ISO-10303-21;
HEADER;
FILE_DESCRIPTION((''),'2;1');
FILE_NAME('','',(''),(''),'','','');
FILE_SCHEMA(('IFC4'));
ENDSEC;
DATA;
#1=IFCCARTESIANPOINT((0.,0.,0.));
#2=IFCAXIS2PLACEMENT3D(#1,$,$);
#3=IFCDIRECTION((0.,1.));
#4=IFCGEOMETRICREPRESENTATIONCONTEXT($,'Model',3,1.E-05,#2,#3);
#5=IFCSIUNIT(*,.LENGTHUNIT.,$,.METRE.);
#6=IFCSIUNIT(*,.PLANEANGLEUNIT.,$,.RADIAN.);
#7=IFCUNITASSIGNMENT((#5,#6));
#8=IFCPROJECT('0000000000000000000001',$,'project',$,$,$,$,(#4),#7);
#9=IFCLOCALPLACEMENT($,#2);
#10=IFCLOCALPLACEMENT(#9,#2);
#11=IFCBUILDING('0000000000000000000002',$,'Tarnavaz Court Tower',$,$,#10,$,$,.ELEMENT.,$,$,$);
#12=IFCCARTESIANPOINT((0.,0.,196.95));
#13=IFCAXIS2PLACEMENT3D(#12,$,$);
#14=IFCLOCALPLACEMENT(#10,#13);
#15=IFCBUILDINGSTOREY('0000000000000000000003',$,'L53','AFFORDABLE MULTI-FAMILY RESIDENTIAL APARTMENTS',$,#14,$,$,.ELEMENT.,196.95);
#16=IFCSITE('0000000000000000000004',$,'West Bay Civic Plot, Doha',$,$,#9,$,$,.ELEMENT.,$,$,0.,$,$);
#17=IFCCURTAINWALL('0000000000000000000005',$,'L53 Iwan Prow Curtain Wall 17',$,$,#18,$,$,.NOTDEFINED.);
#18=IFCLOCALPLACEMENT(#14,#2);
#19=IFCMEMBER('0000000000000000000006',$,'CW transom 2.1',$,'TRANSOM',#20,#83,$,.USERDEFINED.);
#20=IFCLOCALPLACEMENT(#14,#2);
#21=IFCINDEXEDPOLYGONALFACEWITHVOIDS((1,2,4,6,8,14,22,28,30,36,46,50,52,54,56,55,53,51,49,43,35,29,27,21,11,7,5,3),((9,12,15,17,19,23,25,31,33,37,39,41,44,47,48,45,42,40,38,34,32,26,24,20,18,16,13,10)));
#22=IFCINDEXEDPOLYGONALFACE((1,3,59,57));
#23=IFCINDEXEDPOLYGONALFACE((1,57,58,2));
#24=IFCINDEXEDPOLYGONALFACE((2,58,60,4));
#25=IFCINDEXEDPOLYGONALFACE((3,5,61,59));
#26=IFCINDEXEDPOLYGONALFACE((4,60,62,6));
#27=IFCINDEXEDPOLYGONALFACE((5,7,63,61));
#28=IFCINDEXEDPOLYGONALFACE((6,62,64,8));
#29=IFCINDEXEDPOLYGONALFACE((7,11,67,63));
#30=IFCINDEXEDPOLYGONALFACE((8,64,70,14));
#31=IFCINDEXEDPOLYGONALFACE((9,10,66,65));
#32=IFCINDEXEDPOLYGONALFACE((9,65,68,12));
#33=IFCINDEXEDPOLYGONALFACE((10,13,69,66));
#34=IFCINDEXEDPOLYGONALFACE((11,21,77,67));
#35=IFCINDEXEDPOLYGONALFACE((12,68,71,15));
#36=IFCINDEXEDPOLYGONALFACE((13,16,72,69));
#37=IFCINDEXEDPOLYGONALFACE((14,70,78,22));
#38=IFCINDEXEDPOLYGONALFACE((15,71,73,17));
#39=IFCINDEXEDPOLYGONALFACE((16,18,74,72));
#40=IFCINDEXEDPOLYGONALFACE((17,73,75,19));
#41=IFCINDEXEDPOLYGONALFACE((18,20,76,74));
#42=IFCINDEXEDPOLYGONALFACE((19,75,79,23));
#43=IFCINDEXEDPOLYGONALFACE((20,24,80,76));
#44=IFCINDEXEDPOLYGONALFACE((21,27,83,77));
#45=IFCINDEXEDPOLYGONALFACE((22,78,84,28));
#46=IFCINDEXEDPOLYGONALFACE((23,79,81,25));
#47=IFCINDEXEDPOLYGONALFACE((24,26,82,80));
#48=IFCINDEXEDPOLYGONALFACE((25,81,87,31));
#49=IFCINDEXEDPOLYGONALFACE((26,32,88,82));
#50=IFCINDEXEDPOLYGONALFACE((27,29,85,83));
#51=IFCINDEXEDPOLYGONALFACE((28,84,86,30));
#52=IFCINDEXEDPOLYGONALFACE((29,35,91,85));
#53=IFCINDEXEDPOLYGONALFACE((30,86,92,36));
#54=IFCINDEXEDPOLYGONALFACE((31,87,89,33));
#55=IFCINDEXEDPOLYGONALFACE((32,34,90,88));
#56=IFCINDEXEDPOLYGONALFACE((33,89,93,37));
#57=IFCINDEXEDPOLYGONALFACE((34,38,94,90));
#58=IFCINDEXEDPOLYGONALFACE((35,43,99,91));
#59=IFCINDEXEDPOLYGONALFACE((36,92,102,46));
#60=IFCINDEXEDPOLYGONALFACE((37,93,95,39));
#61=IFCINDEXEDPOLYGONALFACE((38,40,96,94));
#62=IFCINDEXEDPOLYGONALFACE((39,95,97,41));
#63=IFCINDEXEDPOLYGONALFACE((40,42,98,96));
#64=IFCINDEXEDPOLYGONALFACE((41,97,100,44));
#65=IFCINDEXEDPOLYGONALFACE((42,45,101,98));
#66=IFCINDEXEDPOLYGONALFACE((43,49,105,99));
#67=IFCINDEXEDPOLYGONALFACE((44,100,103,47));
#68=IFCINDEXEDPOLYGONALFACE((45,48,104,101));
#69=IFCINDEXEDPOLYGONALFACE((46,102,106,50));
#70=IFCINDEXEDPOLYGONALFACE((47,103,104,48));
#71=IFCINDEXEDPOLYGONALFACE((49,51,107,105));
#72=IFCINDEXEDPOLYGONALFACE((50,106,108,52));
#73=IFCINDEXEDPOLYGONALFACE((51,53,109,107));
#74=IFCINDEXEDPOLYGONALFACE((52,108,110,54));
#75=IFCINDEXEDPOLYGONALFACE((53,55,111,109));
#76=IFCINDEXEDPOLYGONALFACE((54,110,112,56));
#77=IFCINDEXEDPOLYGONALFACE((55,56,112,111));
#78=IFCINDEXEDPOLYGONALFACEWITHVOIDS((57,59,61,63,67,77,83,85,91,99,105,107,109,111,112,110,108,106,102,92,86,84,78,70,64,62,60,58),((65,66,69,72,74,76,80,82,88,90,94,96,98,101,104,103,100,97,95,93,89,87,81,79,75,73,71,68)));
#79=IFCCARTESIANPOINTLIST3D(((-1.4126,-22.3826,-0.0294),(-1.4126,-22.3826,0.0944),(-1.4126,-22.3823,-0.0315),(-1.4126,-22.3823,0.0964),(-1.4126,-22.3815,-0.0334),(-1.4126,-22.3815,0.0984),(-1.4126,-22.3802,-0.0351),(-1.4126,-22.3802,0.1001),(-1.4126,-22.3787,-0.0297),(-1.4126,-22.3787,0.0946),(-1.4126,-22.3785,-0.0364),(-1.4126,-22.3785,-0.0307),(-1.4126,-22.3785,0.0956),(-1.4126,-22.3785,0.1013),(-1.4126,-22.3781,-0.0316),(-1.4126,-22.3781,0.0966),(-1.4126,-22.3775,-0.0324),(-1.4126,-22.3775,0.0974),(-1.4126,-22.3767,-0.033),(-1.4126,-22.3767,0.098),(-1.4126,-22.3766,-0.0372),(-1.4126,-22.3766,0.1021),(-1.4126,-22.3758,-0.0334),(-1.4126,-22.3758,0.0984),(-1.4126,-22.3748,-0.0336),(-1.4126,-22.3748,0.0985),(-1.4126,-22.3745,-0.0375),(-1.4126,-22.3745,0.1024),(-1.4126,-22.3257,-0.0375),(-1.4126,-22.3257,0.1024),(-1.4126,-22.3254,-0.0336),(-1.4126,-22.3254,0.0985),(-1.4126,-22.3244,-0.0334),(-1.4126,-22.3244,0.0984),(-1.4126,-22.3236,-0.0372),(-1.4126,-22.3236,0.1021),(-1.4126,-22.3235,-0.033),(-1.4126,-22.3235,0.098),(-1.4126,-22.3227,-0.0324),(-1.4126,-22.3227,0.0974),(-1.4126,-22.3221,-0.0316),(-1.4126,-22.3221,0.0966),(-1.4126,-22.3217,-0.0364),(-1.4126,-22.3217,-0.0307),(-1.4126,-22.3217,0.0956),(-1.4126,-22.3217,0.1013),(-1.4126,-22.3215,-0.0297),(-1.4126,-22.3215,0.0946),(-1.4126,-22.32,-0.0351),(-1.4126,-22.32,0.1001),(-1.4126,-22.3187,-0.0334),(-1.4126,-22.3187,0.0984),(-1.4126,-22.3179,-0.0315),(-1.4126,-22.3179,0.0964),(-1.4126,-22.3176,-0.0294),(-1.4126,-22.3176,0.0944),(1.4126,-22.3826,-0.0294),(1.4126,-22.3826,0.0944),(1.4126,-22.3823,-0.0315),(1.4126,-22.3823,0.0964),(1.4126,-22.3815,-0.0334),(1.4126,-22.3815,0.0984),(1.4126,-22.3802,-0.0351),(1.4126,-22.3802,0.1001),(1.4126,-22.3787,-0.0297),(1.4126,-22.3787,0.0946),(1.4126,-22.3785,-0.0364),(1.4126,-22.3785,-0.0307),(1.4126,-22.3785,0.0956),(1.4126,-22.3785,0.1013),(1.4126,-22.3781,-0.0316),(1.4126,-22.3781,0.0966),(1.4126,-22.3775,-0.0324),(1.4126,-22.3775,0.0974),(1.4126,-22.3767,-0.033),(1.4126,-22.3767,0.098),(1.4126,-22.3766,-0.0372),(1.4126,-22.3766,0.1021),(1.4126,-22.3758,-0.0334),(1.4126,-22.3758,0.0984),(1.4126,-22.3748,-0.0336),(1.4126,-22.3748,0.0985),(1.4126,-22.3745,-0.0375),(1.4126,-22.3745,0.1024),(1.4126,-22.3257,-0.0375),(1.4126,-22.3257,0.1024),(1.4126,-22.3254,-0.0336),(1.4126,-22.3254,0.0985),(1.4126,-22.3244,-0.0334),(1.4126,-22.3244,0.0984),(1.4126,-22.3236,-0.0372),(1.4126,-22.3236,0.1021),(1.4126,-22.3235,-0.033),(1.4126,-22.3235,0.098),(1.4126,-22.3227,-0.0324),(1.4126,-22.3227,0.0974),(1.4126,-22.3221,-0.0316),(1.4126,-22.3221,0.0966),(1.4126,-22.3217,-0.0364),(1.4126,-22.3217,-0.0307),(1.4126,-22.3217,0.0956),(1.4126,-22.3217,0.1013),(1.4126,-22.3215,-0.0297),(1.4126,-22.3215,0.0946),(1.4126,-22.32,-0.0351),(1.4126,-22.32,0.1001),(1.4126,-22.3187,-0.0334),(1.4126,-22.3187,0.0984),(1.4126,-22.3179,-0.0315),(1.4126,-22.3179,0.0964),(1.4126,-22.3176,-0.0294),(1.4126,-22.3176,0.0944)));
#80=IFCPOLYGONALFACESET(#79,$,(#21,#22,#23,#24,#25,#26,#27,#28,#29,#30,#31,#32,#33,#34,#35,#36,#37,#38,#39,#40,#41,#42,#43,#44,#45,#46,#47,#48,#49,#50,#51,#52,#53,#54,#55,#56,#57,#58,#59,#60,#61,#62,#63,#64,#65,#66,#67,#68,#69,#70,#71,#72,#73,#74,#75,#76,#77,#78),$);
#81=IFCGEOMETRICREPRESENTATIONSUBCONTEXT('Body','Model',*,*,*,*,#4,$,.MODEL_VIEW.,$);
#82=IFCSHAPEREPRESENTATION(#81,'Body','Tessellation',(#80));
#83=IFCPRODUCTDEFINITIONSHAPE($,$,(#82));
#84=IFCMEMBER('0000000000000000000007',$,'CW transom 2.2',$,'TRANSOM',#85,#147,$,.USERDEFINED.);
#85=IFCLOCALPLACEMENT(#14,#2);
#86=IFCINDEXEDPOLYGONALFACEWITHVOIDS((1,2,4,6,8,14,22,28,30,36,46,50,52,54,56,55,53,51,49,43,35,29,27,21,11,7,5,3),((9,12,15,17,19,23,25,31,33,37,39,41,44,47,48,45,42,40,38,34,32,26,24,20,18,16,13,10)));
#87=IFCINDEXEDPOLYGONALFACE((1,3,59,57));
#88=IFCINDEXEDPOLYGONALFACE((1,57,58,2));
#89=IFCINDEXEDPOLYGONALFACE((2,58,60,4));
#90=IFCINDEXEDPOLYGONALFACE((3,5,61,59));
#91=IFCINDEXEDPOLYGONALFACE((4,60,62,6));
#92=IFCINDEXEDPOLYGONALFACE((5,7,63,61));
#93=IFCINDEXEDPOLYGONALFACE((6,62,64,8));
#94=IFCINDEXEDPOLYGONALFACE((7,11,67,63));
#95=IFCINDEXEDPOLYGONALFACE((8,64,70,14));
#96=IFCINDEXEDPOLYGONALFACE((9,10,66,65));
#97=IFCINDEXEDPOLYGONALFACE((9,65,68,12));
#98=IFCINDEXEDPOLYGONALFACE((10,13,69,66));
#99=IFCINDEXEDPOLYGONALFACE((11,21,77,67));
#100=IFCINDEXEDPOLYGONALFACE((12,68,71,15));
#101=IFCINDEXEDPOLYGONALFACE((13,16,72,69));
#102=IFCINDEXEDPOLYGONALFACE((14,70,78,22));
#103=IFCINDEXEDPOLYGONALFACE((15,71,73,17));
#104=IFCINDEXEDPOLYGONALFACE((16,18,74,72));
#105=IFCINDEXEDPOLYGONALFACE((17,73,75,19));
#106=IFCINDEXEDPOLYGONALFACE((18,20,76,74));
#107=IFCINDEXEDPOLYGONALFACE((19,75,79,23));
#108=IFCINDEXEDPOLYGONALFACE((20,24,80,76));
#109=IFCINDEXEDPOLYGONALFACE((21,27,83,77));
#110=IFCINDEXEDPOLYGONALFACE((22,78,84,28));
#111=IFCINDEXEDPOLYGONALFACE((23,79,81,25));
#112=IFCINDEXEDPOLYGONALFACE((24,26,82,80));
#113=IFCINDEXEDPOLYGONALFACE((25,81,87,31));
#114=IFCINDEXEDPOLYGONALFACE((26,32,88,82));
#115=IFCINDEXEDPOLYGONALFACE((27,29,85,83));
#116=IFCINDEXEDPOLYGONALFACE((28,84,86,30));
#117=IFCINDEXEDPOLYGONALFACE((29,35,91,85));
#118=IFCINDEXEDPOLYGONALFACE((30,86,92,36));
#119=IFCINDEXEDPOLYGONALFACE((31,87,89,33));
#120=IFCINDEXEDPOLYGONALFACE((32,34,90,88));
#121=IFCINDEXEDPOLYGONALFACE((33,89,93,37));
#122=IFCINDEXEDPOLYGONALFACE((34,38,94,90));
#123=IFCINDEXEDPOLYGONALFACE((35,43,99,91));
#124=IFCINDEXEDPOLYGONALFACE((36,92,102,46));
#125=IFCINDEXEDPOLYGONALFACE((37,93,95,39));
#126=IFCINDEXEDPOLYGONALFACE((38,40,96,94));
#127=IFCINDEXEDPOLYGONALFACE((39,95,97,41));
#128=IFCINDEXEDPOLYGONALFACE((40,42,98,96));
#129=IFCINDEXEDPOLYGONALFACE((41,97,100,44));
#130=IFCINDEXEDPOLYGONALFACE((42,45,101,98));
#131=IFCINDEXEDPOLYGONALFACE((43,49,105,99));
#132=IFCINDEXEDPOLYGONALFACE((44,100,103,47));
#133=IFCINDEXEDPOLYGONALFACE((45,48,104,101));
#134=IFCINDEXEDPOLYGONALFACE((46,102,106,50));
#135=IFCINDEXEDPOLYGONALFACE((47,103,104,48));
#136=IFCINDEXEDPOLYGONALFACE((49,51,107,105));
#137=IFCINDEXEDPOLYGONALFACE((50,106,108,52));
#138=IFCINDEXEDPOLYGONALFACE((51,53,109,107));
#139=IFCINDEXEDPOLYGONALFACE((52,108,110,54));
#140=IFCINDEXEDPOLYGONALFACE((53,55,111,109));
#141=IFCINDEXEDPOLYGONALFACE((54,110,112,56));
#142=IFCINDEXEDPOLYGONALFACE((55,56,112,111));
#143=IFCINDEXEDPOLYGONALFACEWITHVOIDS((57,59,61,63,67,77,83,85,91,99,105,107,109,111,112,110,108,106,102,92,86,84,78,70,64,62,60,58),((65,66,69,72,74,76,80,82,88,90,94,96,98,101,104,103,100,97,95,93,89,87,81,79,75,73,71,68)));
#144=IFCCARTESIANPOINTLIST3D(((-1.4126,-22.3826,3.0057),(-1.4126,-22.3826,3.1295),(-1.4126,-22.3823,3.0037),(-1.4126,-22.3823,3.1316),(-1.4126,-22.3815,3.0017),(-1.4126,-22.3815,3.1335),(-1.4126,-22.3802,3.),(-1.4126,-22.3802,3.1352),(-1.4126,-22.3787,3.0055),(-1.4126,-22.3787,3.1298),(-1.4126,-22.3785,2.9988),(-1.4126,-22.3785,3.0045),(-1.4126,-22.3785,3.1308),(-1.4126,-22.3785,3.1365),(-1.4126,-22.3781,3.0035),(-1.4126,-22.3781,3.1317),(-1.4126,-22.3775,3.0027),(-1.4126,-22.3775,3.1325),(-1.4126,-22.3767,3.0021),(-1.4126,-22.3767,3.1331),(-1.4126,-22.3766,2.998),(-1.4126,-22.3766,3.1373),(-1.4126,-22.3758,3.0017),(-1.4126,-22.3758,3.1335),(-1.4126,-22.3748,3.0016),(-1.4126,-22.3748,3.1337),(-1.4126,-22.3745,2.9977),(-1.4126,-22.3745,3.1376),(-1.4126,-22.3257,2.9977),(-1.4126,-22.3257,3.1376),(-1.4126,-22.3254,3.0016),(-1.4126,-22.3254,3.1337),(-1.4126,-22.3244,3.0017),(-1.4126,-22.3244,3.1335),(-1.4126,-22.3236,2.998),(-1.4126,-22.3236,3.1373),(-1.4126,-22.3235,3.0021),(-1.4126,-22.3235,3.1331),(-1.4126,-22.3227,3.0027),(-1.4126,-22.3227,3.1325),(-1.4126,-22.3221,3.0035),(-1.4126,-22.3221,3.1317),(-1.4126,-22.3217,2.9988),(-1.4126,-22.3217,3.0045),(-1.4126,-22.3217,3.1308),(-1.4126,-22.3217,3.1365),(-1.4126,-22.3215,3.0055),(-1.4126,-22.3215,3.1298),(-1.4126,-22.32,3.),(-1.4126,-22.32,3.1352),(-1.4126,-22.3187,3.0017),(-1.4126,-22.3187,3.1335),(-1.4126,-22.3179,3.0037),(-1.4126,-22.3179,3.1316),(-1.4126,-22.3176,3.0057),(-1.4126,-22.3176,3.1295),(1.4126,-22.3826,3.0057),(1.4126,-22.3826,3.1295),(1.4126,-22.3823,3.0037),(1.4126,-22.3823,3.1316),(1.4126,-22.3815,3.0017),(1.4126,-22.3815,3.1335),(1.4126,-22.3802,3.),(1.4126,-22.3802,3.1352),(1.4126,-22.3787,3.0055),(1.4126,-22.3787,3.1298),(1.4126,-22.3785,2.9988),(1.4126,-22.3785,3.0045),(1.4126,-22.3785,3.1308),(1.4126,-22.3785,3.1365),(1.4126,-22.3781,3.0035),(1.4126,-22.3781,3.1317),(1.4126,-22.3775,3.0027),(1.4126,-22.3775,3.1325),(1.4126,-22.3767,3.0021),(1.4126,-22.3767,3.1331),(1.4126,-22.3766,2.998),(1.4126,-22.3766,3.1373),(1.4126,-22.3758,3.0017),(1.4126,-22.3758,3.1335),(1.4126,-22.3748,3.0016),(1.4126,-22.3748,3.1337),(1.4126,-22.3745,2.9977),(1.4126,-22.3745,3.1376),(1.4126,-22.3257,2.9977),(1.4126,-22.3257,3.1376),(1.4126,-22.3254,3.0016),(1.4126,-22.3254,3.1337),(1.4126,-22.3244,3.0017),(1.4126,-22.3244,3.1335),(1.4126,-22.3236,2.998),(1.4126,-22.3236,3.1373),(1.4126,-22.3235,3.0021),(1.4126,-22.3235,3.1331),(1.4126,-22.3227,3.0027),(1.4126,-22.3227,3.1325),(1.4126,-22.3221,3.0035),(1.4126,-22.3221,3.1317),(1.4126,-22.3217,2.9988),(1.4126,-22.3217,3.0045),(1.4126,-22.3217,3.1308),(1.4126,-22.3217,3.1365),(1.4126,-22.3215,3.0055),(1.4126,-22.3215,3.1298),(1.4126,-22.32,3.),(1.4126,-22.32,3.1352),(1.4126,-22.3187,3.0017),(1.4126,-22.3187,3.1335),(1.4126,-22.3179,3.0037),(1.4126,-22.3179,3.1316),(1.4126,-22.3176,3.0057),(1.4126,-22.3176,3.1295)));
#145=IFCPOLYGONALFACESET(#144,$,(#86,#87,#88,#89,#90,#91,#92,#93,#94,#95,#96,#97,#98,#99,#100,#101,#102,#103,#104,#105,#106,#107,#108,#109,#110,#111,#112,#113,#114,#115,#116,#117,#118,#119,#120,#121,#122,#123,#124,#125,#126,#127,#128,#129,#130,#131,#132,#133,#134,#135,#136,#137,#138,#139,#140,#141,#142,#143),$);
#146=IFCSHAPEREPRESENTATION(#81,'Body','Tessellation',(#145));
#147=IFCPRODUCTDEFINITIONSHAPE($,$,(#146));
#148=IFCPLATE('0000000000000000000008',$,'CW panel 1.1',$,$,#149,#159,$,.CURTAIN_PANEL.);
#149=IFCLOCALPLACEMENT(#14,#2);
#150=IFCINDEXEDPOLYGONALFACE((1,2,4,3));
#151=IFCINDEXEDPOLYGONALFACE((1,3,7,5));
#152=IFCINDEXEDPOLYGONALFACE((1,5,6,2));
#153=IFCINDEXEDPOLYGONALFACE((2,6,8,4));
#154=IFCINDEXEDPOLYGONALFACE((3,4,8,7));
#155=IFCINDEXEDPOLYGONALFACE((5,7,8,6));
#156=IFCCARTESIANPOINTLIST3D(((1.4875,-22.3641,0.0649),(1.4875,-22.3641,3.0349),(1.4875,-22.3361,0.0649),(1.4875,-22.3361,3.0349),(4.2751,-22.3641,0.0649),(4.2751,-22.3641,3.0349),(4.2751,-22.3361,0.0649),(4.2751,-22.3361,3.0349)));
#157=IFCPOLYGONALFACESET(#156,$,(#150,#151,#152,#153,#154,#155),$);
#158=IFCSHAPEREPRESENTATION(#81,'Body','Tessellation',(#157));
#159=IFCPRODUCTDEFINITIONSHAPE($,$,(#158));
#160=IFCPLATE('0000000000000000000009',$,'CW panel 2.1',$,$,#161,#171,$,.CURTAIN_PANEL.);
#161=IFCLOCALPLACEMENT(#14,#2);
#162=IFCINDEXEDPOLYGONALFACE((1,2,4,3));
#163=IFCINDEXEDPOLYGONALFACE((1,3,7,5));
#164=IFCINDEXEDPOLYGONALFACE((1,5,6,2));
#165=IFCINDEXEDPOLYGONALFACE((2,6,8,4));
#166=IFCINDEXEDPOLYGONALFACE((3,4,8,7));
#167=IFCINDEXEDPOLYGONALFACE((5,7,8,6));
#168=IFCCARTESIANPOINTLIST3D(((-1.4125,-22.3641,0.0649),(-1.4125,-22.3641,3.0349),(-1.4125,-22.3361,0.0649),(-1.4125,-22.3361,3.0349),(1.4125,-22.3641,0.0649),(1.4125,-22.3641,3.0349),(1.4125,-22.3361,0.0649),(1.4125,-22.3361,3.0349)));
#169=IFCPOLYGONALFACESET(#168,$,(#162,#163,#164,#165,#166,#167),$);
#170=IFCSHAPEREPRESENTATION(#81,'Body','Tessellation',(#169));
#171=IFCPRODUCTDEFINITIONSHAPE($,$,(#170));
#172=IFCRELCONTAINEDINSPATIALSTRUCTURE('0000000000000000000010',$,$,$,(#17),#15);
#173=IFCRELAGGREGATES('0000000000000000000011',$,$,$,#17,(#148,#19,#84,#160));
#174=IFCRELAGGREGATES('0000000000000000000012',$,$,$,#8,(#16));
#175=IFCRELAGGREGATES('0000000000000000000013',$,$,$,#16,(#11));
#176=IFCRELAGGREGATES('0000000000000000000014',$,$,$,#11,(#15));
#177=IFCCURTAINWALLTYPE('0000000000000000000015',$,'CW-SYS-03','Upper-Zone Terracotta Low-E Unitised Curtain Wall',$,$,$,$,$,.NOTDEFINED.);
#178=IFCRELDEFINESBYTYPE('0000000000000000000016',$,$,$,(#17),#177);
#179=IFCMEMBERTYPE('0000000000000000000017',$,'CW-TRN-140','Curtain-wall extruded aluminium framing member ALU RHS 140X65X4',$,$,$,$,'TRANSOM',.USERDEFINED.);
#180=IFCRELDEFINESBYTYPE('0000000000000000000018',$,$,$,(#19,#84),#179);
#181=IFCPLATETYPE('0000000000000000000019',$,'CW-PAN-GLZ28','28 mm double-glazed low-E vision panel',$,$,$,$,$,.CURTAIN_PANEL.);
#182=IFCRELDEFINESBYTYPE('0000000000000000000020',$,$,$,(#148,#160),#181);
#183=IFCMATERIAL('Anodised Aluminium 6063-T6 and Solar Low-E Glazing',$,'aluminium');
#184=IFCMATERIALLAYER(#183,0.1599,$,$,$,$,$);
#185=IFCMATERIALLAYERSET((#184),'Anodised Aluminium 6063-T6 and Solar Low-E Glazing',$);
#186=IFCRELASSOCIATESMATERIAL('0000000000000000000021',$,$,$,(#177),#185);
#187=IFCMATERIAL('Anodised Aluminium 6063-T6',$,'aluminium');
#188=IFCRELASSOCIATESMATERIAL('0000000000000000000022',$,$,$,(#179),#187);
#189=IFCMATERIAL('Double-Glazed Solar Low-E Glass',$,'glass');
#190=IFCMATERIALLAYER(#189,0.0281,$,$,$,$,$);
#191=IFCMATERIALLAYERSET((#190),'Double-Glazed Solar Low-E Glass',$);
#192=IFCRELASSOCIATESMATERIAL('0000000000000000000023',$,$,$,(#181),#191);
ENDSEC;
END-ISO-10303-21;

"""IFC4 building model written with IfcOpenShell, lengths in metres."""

from ifc_helpers import new_model, si_unit, direction, frame, origin, origin_2d, place, context, subcontext, project, spatial, rectangle, hollow_rectangle, extrude, material, layer, layer_set, material_profile, profile_set, type_object, element, aggregate, save


model = new_model("IFC4")

# Units and contexts
model_context = context("Model", 3, precision=1e-05, world=origin(), true_north=direction((0.0, 1.0)))
body_context = subcontext(model_context, "Body", "Model", "MODEL_VIEW")
ifc_project = project(units=[si_unit("LENGTHUNIT", "METRE"), si_unit("PLANEANGLEUNIT", "RADIAN")], contexts=[model_context])

# Site, building, storey
site_placement = place(None, origin())
site = spatial("IfcSite", under=ifc_project, at=site_placement, Name="West Bay Civic Plot, Doha", CompositionType="ELEMENT", RefElevation=0.0)
building_placement = place(site_placement, origin())
building = spatial("IfcBuilding", under=site, at=building_placement, Name="Tarnavaz Court Tower", CompositionType="ELEMENT")
storey_placement = place(building_placement, frame((0.0, 0.0, 196.95)))
storey = spatial("IfcBuildingStorey", under=building, at=storey_placement, Name="L53", Description="AFFORDABLE MULTI-FAMILY RESIDENTIAL APARTMENTS", CompositionType="ELEMENT", Elevation=196.95)

# Curtain wall, members, plates
ifc_material_1 = material(Name="Anodised Aluminium 6063-T6 and Solar Low-E Glazing", Category="aluminium")
ifc_layer_1 = layer(ifc_material_1, 0.1599)
ifc_layer_set_1 = layer_set([ifc_layer_1], Name="Anodised Aluminium 6063-T6 and Solar Low-E Glazing")
curtain_wall_type = type_object("IfcCurtainWallType", Name="CW-SYS-03", Description="Upper-Zone Terracotta Low-E Unitised Curtain Wall", PredefinedType="NOTDEFINED", material=ifc_layer_set_1)
curtain_wall_placement = place(storey_placement, origin())
curtain_wall = element("IfcCurtainWall", 1, at=curtain_wall_placement, inside=storey, type_object=curtain_wall_type, Name="L53 Iwan Prow Curtain Wall 17", PredefinedType="NOTDEFINED")
ifc_material_2 = material(Name="Anodised Aluminium 6063-T6", Category="aluminium")
ifc_material_profile_1 = material_profile(ifc_material_2, hollow_rectangle(XDim=0.0649, YDim=0.1399, WallThickness=0.0039, InnerFilletRadius=0.0039, OuterFilletRadius=0.0081, at=origin_2d()), Name="ALU RHS 140X65X4")
ifc_profile_set_1 = profile_set([ifc_material_profile_1], Name="Anodised Aluminium 6063-T6")
member_type_1 = type_object("IfcMemberType", Name="CW-TRN-140", Description="Curtain-wall extruded aluminium framing member ALU RHS 140X65X4", ElementType="TRANSOM", PredefinedType="USERDEFINED", material=ifc_profile_set_1)
member_1_placement = place(storey_placement, frame((1.4126, -22.3501, 0.0325), z_axis=(-1.0, 0.0, 0.0), x_axis=(0.0, -1.0, 0.0)))
member_1 = element("IfcMember", 2, at=member_1_placement, type_object=member_type_1, Name="CW transom 2.1", ObjectType="TRANSOM", PredefinedType="USERDEFINED", context=body_context, shape_type="SweptSolid", body=[
    extrude(hollow_rectangle(XDim=0.0649, YDim=0.1399, WallThickness=0.0039, InnerFilletRadius=0.0039, OuterFilletRadius=0.0081, at=origin_2d()), origin(), (0.0, 0.0, 1.0), 2.8252),
])
member_2_placement = place(storey_placement, frame((1.4126, -22.3501, 3.0676), z_axis=(-1.0, 0.0, 0.0), x_axis=(0.0, -1.0, 0.0)))
member_2 = element("IfcMember", 3, at=member_2_placement, type_object=member_type_1, Name="CW transom 2.2", ObjectType="TRANSOM", PredefinedType="USERDEFINED", context=body_context, shape_type="SweptSolid", body=[
    extrude(hollow_rectangle(XDim=0.0649, YDim=0.1399, WallThickness=0.0039, InnerFilletRadius=0.0039, OuterFilletRadius=0.0081, at=origin_2d()), origin(), (0.0, 0.0, 1.0), 2.8252),
])
ifc_material_3 = material(Name="Double-Glazed Solar Low-E Glass", Category="glass")
ifc_layer_2 = layer(ifc_material_3, 0.0281)
ifc_layer_set_2 = layer_set([ifc_layer_2], Name="Double-Glazed Solar Low-E Glass")
plate_type = type_object("IfcPlateType", Name="CW-PAN-GLZ28", Description="28 mm double-glazed low-E vision panel", PredefinedType="CURTAIN_PANEL", material=ifc_layer_set_2)
plate_1_placement = place(storey_placement, frame((2.8813, -22.3501, 0.0649), z_axis=(0.0, 0.0, 1.0), x_axis=(-1.0, 0.0, 0.0)))
plate_1 = element("IfcPlate", 4, at=plate_1_placement, type_object=plate_type, Name="CW panel 1.1", PredefinedType="CURTAIN_PANEL", context=body_context, shape_type="SweptSolid", body=[
    extrude(rectangle(XDim=2.7876, YDim=0.0281, at=origin_2d()), origin(), (0.0, 0.0, 1.0), 2.97),
])
plate_2_placement = place(storey_placement, frame((0.0, -22.3501, 0.0649), z_axis=(0.0, 0.0, 1.0), x_axis=(-1.0, 0.0, 0.0)))
plate_2 = element("IfcPlate", 5, at=plate_2_placement, type_object=plate_type, Name="CW panel 2.1", PredefinedType="CURTAIN_PANEL", context=body_context, shape_type="SweptSolid", body=[
    extrude(rectangle(XDim=2.825, YDim=0.0281, at=origin_2d()), origin(), (0.0, 0.0, 1.0), 2.97),
])
aggregate(curtain_wall, [plate_1, member_1, member_2, plate_2])

save(model, "model.ifc")
